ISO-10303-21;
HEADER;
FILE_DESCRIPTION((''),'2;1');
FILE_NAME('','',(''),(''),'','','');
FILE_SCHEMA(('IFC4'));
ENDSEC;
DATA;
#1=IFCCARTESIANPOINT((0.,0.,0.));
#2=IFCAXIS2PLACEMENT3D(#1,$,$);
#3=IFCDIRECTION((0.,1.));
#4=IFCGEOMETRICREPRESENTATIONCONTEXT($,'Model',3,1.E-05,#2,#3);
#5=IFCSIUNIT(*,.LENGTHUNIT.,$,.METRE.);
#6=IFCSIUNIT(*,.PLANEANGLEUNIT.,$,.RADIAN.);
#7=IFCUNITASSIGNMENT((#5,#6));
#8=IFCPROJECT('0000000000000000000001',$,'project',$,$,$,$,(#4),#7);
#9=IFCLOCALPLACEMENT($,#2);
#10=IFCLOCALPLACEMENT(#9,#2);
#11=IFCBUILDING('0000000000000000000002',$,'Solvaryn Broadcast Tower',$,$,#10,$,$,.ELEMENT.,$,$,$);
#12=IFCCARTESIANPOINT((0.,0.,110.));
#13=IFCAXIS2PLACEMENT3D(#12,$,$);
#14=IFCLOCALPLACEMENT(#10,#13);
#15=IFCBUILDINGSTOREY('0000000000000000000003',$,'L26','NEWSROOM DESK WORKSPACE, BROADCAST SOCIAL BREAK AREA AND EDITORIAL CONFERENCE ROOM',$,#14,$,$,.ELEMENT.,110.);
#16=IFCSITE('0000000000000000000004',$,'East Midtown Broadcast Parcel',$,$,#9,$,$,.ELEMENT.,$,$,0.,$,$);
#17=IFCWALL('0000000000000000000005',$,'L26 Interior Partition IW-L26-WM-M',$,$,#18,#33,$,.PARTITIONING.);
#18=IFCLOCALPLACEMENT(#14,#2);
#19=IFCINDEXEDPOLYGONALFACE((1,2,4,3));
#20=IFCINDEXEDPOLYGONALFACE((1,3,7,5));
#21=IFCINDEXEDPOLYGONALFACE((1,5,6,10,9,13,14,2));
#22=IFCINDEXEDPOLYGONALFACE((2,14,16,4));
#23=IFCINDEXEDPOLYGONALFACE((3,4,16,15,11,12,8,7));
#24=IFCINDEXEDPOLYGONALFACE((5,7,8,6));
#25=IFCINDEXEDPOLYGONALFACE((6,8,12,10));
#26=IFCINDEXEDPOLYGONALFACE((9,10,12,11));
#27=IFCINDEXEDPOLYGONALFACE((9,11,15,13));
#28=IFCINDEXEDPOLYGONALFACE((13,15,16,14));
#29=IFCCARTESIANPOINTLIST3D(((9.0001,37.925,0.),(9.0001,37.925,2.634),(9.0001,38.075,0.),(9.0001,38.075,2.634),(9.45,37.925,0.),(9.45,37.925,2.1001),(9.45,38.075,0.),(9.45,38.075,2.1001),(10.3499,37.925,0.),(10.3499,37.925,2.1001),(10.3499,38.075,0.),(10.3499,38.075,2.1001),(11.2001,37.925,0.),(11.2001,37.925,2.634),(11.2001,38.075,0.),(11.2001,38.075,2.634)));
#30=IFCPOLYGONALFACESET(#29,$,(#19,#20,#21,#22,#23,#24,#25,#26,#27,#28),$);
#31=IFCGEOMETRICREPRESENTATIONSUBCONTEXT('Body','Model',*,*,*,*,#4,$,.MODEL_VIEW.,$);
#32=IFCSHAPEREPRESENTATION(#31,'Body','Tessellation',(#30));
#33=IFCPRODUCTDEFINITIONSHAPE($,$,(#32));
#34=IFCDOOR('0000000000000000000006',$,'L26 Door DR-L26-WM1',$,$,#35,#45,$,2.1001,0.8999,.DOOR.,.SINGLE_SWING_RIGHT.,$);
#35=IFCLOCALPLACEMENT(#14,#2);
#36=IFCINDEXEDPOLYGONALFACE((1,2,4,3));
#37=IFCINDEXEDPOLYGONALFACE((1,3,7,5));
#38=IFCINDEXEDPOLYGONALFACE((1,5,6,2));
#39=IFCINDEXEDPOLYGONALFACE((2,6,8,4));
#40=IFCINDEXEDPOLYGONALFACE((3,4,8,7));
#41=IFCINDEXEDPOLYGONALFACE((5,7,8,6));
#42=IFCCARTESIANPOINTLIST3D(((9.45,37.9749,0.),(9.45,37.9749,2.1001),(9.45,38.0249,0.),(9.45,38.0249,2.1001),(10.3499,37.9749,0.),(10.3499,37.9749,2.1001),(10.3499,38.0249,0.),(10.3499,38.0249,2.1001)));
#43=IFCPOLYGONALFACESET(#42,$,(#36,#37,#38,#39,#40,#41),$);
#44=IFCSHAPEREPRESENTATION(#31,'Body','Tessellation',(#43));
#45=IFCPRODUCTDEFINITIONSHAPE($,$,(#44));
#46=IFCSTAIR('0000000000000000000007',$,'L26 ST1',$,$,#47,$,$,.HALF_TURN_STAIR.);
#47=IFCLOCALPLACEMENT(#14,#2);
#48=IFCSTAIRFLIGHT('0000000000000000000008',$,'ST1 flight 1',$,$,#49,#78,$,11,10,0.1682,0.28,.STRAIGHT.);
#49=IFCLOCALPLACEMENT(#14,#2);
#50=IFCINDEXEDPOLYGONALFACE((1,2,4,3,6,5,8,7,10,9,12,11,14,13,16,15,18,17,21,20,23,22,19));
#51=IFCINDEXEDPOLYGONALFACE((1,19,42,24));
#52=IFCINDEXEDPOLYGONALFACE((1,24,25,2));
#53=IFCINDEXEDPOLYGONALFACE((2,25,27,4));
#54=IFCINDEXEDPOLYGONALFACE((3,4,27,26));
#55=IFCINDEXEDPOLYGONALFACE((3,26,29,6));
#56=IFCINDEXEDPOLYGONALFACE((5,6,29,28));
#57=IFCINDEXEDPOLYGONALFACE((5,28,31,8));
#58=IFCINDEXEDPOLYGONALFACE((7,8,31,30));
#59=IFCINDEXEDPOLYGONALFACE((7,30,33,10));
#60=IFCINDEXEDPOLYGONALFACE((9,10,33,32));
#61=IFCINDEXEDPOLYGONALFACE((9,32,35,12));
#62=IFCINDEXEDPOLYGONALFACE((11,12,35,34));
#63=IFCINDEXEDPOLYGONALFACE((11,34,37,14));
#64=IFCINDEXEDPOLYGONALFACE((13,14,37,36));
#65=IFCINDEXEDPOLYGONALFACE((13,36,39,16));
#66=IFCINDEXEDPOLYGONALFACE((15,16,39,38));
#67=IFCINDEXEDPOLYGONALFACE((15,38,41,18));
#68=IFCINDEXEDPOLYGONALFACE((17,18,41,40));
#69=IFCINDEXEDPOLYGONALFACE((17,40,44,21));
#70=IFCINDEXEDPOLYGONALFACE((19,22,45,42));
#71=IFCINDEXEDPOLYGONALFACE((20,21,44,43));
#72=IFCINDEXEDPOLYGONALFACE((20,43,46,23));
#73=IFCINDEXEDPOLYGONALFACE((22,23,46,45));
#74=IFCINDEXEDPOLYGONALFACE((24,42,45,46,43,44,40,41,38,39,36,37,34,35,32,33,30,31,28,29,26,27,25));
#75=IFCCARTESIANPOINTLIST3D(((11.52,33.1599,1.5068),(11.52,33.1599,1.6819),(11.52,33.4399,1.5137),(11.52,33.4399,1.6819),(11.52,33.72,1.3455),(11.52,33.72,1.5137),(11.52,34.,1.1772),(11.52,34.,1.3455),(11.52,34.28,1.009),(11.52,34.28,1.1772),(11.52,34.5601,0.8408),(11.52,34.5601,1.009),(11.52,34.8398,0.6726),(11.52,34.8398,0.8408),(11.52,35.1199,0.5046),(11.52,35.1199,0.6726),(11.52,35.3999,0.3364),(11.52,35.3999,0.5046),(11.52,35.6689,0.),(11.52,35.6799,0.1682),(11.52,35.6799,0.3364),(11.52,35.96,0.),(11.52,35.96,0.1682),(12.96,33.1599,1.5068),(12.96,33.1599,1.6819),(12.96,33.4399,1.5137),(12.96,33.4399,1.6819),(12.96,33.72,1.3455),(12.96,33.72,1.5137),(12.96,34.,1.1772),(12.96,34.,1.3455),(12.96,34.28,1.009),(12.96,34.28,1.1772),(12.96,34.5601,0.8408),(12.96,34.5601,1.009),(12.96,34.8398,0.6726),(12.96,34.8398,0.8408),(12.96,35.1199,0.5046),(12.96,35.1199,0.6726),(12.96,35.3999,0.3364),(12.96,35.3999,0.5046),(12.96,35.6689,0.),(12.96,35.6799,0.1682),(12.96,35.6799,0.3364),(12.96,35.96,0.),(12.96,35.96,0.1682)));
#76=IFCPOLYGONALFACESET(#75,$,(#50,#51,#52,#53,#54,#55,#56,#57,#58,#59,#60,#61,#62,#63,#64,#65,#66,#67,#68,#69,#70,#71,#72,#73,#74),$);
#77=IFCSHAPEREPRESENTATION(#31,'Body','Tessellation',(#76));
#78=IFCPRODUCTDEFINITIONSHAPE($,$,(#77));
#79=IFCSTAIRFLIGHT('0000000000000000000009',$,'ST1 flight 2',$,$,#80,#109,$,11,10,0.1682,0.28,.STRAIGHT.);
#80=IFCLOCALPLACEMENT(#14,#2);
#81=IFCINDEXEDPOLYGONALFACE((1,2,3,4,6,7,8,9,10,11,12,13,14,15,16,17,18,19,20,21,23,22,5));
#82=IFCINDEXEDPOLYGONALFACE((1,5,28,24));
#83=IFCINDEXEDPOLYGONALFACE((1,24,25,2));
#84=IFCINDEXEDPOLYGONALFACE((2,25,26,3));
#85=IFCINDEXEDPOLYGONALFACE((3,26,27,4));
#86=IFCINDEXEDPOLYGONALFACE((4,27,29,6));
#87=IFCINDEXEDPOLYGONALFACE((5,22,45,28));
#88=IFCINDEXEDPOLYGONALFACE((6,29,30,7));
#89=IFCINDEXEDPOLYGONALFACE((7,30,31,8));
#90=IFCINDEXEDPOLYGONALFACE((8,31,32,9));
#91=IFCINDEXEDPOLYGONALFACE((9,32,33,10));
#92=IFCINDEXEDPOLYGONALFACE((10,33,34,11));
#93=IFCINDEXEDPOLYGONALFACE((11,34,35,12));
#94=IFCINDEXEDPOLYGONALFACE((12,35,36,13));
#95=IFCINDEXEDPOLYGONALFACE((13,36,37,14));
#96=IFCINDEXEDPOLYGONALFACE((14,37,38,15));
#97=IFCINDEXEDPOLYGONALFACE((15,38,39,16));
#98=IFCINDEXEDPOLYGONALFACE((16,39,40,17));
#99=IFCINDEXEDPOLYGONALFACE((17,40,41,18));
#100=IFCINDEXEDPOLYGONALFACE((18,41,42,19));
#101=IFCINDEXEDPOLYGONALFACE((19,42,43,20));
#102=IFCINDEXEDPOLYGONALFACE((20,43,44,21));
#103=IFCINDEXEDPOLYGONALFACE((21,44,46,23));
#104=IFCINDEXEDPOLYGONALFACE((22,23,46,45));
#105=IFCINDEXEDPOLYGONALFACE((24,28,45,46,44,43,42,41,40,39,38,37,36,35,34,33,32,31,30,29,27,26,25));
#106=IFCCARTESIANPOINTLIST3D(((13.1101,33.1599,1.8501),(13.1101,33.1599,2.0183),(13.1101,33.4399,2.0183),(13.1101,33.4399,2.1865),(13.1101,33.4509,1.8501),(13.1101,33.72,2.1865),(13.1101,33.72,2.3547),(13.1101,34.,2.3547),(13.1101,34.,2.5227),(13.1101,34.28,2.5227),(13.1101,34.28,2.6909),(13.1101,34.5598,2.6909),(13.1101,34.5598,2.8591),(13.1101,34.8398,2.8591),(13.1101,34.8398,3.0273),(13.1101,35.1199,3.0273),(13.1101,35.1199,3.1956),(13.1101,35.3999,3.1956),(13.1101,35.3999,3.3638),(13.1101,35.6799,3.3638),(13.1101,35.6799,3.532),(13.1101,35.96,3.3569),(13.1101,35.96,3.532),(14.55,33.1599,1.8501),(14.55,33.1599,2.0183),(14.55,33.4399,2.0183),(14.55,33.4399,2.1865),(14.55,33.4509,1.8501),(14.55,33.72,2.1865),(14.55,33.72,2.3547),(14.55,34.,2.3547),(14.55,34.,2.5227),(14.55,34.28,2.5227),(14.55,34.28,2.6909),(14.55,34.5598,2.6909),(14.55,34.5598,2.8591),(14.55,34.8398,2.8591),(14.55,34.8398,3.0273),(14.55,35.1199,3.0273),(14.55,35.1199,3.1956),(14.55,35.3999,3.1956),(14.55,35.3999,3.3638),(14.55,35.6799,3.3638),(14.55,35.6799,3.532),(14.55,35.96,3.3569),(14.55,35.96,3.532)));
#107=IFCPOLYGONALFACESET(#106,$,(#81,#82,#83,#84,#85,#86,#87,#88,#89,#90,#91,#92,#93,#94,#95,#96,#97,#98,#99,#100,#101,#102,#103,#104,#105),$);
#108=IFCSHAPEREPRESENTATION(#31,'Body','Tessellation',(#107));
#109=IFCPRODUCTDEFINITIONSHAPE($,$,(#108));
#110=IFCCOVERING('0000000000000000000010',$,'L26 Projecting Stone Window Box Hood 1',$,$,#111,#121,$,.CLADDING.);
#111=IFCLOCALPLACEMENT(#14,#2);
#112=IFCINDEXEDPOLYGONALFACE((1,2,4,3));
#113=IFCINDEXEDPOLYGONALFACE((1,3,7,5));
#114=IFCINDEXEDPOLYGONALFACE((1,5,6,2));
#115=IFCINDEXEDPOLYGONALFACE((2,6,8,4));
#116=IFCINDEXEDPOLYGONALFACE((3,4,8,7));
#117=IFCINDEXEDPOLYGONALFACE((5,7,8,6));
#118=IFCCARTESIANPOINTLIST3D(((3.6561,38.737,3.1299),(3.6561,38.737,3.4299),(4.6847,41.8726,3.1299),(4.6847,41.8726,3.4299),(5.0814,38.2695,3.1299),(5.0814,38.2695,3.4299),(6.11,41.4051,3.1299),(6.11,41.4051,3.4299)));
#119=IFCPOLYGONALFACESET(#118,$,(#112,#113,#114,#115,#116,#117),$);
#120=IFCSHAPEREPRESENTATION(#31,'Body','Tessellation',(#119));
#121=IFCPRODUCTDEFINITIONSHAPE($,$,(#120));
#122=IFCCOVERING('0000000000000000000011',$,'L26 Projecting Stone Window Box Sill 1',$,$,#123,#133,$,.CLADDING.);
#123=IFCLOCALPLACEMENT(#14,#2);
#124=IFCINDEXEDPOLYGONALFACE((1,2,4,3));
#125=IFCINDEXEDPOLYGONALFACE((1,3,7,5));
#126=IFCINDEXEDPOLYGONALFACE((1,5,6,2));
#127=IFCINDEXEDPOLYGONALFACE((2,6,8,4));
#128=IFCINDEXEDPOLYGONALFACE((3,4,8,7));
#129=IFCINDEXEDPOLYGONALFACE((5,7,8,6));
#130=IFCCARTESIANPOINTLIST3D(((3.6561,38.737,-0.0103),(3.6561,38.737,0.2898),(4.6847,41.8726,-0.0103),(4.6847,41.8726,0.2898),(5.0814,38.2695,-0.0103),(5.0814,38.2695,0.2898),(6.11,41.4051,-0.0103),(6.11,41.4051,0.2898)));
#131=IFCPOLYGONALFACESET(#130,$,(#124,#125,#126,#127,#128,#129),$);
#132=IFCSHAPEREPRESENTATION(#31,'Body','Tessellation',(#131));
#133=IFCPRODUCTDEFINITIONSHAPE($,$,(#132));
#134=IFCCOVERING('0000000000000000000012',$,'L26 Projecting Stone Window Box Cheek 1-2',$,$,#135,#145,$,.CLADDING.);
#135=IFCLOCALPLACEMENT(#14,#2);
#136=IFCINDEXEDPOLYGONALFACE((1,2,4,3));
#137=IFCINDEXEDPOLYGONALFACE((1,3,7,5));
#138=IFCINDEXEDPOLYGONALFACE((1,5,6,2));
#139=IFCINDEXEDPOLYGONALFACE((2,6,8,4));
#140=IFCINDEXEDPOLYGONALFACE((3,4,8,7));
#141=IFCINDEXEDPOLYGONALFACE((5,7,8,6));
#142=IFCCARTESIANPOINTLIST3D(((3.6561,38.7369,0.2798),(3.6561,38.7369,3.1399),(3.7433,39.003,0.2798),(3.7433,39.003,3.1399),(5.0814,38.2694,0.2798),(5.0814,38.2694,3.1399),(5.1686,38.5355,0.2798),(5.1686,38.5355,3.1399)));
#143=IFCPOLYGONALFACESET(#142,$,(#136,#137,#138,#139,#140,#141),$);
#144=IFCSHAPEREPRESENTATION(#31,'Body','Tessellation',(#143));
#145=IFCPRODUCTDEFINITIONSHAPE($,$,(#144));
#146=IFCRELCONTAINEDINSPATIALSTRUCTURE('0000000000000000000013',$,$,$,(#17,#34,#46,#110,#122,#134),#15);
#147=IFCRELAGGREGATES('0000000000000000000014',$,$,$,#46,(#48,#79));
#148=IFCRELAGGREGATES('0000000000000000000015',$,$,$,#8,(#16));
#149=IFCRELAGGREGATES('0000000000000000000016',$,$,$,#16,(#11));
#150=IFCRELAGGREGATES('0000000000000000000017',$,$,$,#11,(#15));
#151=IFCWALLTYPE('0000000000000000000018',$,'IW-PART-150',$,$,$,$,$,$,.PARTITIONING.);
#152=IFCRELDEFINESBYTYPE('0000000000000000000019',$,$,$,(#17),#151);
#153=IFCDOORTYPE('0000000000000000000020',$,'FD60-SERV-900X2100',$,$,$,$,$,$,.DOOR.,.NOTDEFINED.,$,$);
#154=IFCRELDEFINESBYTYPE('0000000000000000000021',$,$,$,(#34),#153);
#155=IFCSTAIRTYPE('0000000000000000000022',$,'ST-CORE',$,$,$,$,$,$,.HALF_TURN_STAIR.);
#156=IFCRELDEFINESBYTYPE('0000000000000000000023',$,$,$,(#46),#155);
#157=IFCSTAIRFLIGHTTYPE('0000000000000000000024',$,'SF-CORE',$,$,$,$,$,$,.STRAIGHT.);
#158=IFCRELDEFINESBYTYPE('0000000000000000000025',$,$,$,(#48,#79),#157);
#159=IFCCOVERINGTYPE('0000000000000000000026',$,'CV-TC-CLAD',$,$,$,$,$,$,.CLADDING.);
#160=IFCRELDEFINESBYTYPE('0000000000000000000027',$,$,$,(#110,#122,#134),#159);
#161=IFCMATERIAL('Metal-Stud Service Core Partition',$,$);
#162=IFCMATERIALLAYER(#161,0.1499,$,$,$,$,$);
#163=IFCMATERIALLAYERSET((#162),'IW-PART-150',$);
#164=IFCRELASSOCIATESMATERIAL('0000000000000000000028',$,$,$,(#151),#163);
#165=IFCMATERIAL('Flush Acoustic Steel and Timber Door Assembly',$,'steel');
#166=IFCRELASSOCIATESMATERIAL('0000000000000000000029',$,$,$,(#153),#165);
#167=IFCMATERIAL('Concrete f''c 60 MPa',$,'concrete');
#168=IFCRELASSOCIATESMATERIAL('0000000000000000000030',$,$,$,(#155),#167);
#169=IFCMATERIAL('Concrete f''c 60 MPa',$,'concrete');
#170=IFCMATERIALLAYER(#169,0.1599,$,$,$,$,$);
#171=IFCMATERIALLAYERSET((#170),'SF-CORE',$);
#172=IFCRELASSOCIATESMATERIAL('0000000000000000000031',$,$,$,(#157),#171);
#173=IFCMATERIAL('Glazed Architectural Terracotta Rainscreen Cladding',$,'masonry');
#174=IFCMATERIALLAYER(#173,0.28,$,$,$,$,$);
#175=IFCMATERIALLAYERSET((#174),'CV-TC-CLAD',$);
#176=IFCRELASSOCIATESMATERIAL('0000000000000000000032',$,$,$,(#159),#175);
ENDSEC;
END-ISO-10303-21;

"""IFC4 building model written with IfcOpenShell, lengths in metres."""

from ifc_helpers import new_model, si_unit, direction, frame, frame_2d, origin, origin_2d, place, context, subcontext, project, spatial, polyline, rectangle, outline, extrude, material, layer, layer_set, type_object, element, fill, aggregate, save


model = new_model("IFC4")

# Units and contexts
model_context = context("Model", 3, precision=1e-05, world=origin(), true_north=direction((0.0, 1.0)))
body_context = subcontext(model_context, "Body", "Model", "MODEL_VIEW")
ifc_project = project(units=[si_unit("LENGTHUNIT", "METRE"), si_unit("PLANEANGLEUNIT", "RADIAN")], contexts=[model_context])

# Site, building, storey
site_placement = place(None, origin())
site = spatial("IfcSite", under=ifc_project, at=site_placement, Name="East Midtown Broadcast Parcel", CompositionType="ELEMENT", RefElevation=0.0)
building_placement = place(site_placement, origin())
building = spatial("IfcBuilding", under=site, at=building_placement, Name="Solvaryn Broadcast Tower", CompositionType="ELEMENT")
storey_placement = place(building_placement, frame((0.0, 0.0, 110.0)))
storey = spatial("IfcBuildingStorey", under=building, at=storey_placement, Name="L26", Description="NEWSROOM DESK WORKSPACE, BROADCAST SOCIAL BREAK AREA AND EDITORIAL CONFERENCE ROOM", CompositionType="ELEMENT", Elevation=110.0)

# Wall, opening, door
ifc_material_1 = material(Name="Metal-Stud Service Core Partition")
ifc_layer_1 = layer(ifc_material_1, 0.1499)
ifc_layer_set_1 = layer_set([ifc_layer_1], Name="IW-PART-150")
wall_type = type_object("IfcWallType", Name="IW-PART-150", PredefinedType="PARTITIONING", material=ifc_layer_set_1)
wall_placement = place(storey_placement, frame((9.0, 38.0, 0.0), z_axis=(0.0, 0.0, 1.0), x_axis=(1.0, 0.0, 0.0)))
wall = element("IfcWall", 1, at=wall_placement, inside=storey, type_object=wall_type, Name="L26 Interior Partition IW-L26-WM-M", PredefinedType="PARTITIONING", context=body_context, shape_type="SweptSolid", body=[
    extrude(rectangle(XDim=2.2, YDim=0.1499, at=frame_2d((1.1001, 0.0))), origin(), (0.0, 0.0, 1.0), 2.634),
])
opening_placement = place(wall_placement, frame((0.45, 0.0, 0.0)))
opening = element("IfcOpeningElement", 2, at=opening_placement, cuts=wall, PredefinedType="OPENING", context=body_context, shape_type="SweptSolid", body=[
    extrude(rectangle(XDim=0.8999, YDim=2.1001, at=frame_2d((0.45, 1.05))), frame((0.0, 0.085, 0.0), z_axis=(0.0, -1.0, 0.0), x_axis=(1.0, 0.0, 0.0)), (0.0, 0.0, 1.0), 0.1699),
])
ifc_material_2 = material(Name="Flush Acoustic Steel and Timber Door Assembly", Category="steel")
door_type = type_object("IfcDoorType", Name="FD60-SERV-900X2100", OperationType="NOTDEFINED", PredefinedType="DOOR", material=ifc_material_2)
door_placement = place(opening_placement, origin())
door = element("IfcDoor", 3, at=door_placement, inside=storey, type_object=door_type, Name="L26 Door DR-L26-WM1", OperationType="SINGLE_SWING_RIGHT", OverallHeight=2.1001, OverallWidth=0.8999, PredefinedType="DOOR", context=body_context, shape_type="SweptSolid", body=[
    extrude(rectangle(XDim=0.8999, YDim=2.1001, at=frame_2d((0.45, 1.05))), frame((0.0, 0.0249, 0.0), z_axis=(0.0, -1.0, 0.0), x_axis=(1.0, 0.0, 0.0)), (0.0, 0.0, 1.0), 0.05),
])
fill(opening, door)

# Stair, stair flights
ifc_material_3 = material(Name="Concrete f'c 60 MPa", Category="concrete")
stair_type = type_object("IfcStairType", Name="ST-CORE", PredefinedType="HALF_TURN_STAIR", material=ifc_material_3)
stair_placement = place(storey_placement, origin())
stair = element("IfcStair", 4, at=stair_placement, inside=storey, type_object=stair_type, Name="L26 ST1", PredefinedType="HALF_TURN_STAIR")
ifc_material_4 = material(Name="Concrete f'c 60 MPa", Category="concrete")
ifc_layer_2 = layer(ifc_material_4, 0.1599)
ifc_layer_set_2 = layer_set([ifc_layer_2], Name="SF-CORE")
stair_flight_type = type_object("IfcStairFlightType", Name="SF-CORE", PredefinedType="STRAIGHT", material=ifc_layer_set_2)
stair_flight_1_placement = place(storey_placement, frame((12.24, 35.96, 0.0), z_axis=(0.0, 0.0, 1.0), x_axis=(0.0, -1.0, 0.0)))
stair_flight_1 = element("IfcStairFlight", 5, at=stair_flight_1_placement, type_object=stair_flight_type, Name="ST1 flight 1", NumberOfRisers=11, NumberOfTreads=10, PredefinedType="STRAIGHT", RiserHeight=0.1682, TreadLength=0.28, context=body_context, shape_type="SweptSolid", body=[
    extrude(outline(polyline([(0.0, 0.0), (0.0, 0.1682), (0.28, 0.1682), (0.28, 0.3364), (0.5601, 0.3364), (0.5601, 0.5046), (0.8401, 0.5046), (0.8401, 0.6726), (1.1201, 0.6726), (1.1201, 0.8408), (1.3999, 0.8408), (1.3999, 1.009), (1.6799, 1.009), (1.6799, 1.1772), (1.96, 1.1772), (1.96, 1.3455), (2.24, 1.3455), (2.24, 1.5137), (2.52, 1.5137), (2.52, 1.6819), (2.8, 1.6819), (2.8, 1.8501), (2.8, 1.5068), (0.291, 0.0), (0.0, 0.0)])), frame((0.0, 0.72, 0.0), z_axis=(0.0, -1.0, 0.0), x_axis=(1.0, 0.0, 0.0)), (0.0, 0.0, 1.0), 1.4399),
])
stair_flight_2_placement = place(storey_placement, frame((13.8301, 33.1599, 1.8501), z_axis=(0.0, 0.0, 1.0), x_axis=(0.0, 1.0, 0.0)))
stair_flight_2 = element("IfcStairFlight", 6, at=stair_flight_2_placement, type_object=stair_flight_type, Name="ST1 flight 2", NumberOfRisers=11, NumberOfTreads=10, PredefinedType="STRAIGHT", RiserHeight=0.1682, TreadLength=0.28, context=body_context, shape_type="SweptSolid", body=[
    extrude(outline(polyline([(0.0, 0.0), (0.0, 0.1682), (0.28, 0.1682), (0.28, 0.3364), (0.5601, 0.3364), (0.5601, 0.5046), (0.8401, 0.5046), (0.8401, 0.6726), (1.1201, 0.6726), (1.1201, 0.8408), (1.3999, 0.8408), (1.3999, 1.009), (1.6799, 1.009), (1.6799, 1.1772), (1.96, 1.1772), (1.96, 1.3455), (2.24, 1.3455), (2.24, 1.5137), (2.52, 1.5137), (2.52, 1.6819), (2.8, 1.6819), (2.8, 1.8501), (2.8, 1.5068), (0.291, 0.0), (0.0, 0.0)])), frame((0.0, 0.72, 0.0), z_axis=(0.0, -1.0, 0.0), x_axis=(1.0, 0.0, 0.0)), (0.0, 0.0, 1.0), 1.4399),
])
aggregate(stair, [stair_flight_1, stair_flight_2])

# Coverings
ifc_material_5 = material(Name="Glazed Architectural Terracotta Rainscreen Cladding", Category="masonry")
ifc_layer_3 = layer(ifc_material_5, 0.28)
ifc_layer_set_3 = layer_set([ifc_layer_3], Name="CV-TC-CLAD")
covering_type = type_object("IfcCoveringType", Name="CV-TC-CLAD", PredefinedType="CLADDING", material=ifc_layer_set_3)
for number, where, z_axis, x_axis, name in (
    (7, (4.8831, 40.071, 3.1299), (0.0, 0.0, 1.0), (-0.311672, -0.95019, 0.0), "L26 Projecting Stone Window Box Hood 1"),
    (8, (4.8831, 40.071, -0.0103), (0.0, 0.0, 1.0), (-0.311672, -0.95019, 0.0), "L26 Projecting Stone Window Box Sill 1"),
):
    element("IfcCovering", number, at=place(storey_placement, frame(where, z_axis=z_axis, x_axis=x_axis)), inside=storey, type_object=covering_type, Name=name, PredefinedType="CLADDING", context=body_context, shape_type="SweptSolid", body=[
        extrude(rectangle(XDim=3.3, YDim=1.5, at=origin_2d()), origin(), (0.0, 0.0, 1.0), 0.3),
    ])
covering_placement = place(storey_placement, frame((4.4124, 38.6362, 0.2798), z_axis=(0.0, 0.0, 1.0), x_axis=(-0.311672, -0.95019, 0.0)))
element("IfcCovering", 9, at=covering_placement, inside=storey, type_object=covering_type, Name="L26 Projecting Stone Window Box Cheek 1-2", PredefinedType="CLADDING", context=body_context, shape_type="SweptSolid", body=[
    extrude(rectangle(XDim=0.28, YDim=1.5, at=origin_2d()), origin(), (0.0, 0.0, 1.0), 2.8601),
])

save(model, "model.ifc")
